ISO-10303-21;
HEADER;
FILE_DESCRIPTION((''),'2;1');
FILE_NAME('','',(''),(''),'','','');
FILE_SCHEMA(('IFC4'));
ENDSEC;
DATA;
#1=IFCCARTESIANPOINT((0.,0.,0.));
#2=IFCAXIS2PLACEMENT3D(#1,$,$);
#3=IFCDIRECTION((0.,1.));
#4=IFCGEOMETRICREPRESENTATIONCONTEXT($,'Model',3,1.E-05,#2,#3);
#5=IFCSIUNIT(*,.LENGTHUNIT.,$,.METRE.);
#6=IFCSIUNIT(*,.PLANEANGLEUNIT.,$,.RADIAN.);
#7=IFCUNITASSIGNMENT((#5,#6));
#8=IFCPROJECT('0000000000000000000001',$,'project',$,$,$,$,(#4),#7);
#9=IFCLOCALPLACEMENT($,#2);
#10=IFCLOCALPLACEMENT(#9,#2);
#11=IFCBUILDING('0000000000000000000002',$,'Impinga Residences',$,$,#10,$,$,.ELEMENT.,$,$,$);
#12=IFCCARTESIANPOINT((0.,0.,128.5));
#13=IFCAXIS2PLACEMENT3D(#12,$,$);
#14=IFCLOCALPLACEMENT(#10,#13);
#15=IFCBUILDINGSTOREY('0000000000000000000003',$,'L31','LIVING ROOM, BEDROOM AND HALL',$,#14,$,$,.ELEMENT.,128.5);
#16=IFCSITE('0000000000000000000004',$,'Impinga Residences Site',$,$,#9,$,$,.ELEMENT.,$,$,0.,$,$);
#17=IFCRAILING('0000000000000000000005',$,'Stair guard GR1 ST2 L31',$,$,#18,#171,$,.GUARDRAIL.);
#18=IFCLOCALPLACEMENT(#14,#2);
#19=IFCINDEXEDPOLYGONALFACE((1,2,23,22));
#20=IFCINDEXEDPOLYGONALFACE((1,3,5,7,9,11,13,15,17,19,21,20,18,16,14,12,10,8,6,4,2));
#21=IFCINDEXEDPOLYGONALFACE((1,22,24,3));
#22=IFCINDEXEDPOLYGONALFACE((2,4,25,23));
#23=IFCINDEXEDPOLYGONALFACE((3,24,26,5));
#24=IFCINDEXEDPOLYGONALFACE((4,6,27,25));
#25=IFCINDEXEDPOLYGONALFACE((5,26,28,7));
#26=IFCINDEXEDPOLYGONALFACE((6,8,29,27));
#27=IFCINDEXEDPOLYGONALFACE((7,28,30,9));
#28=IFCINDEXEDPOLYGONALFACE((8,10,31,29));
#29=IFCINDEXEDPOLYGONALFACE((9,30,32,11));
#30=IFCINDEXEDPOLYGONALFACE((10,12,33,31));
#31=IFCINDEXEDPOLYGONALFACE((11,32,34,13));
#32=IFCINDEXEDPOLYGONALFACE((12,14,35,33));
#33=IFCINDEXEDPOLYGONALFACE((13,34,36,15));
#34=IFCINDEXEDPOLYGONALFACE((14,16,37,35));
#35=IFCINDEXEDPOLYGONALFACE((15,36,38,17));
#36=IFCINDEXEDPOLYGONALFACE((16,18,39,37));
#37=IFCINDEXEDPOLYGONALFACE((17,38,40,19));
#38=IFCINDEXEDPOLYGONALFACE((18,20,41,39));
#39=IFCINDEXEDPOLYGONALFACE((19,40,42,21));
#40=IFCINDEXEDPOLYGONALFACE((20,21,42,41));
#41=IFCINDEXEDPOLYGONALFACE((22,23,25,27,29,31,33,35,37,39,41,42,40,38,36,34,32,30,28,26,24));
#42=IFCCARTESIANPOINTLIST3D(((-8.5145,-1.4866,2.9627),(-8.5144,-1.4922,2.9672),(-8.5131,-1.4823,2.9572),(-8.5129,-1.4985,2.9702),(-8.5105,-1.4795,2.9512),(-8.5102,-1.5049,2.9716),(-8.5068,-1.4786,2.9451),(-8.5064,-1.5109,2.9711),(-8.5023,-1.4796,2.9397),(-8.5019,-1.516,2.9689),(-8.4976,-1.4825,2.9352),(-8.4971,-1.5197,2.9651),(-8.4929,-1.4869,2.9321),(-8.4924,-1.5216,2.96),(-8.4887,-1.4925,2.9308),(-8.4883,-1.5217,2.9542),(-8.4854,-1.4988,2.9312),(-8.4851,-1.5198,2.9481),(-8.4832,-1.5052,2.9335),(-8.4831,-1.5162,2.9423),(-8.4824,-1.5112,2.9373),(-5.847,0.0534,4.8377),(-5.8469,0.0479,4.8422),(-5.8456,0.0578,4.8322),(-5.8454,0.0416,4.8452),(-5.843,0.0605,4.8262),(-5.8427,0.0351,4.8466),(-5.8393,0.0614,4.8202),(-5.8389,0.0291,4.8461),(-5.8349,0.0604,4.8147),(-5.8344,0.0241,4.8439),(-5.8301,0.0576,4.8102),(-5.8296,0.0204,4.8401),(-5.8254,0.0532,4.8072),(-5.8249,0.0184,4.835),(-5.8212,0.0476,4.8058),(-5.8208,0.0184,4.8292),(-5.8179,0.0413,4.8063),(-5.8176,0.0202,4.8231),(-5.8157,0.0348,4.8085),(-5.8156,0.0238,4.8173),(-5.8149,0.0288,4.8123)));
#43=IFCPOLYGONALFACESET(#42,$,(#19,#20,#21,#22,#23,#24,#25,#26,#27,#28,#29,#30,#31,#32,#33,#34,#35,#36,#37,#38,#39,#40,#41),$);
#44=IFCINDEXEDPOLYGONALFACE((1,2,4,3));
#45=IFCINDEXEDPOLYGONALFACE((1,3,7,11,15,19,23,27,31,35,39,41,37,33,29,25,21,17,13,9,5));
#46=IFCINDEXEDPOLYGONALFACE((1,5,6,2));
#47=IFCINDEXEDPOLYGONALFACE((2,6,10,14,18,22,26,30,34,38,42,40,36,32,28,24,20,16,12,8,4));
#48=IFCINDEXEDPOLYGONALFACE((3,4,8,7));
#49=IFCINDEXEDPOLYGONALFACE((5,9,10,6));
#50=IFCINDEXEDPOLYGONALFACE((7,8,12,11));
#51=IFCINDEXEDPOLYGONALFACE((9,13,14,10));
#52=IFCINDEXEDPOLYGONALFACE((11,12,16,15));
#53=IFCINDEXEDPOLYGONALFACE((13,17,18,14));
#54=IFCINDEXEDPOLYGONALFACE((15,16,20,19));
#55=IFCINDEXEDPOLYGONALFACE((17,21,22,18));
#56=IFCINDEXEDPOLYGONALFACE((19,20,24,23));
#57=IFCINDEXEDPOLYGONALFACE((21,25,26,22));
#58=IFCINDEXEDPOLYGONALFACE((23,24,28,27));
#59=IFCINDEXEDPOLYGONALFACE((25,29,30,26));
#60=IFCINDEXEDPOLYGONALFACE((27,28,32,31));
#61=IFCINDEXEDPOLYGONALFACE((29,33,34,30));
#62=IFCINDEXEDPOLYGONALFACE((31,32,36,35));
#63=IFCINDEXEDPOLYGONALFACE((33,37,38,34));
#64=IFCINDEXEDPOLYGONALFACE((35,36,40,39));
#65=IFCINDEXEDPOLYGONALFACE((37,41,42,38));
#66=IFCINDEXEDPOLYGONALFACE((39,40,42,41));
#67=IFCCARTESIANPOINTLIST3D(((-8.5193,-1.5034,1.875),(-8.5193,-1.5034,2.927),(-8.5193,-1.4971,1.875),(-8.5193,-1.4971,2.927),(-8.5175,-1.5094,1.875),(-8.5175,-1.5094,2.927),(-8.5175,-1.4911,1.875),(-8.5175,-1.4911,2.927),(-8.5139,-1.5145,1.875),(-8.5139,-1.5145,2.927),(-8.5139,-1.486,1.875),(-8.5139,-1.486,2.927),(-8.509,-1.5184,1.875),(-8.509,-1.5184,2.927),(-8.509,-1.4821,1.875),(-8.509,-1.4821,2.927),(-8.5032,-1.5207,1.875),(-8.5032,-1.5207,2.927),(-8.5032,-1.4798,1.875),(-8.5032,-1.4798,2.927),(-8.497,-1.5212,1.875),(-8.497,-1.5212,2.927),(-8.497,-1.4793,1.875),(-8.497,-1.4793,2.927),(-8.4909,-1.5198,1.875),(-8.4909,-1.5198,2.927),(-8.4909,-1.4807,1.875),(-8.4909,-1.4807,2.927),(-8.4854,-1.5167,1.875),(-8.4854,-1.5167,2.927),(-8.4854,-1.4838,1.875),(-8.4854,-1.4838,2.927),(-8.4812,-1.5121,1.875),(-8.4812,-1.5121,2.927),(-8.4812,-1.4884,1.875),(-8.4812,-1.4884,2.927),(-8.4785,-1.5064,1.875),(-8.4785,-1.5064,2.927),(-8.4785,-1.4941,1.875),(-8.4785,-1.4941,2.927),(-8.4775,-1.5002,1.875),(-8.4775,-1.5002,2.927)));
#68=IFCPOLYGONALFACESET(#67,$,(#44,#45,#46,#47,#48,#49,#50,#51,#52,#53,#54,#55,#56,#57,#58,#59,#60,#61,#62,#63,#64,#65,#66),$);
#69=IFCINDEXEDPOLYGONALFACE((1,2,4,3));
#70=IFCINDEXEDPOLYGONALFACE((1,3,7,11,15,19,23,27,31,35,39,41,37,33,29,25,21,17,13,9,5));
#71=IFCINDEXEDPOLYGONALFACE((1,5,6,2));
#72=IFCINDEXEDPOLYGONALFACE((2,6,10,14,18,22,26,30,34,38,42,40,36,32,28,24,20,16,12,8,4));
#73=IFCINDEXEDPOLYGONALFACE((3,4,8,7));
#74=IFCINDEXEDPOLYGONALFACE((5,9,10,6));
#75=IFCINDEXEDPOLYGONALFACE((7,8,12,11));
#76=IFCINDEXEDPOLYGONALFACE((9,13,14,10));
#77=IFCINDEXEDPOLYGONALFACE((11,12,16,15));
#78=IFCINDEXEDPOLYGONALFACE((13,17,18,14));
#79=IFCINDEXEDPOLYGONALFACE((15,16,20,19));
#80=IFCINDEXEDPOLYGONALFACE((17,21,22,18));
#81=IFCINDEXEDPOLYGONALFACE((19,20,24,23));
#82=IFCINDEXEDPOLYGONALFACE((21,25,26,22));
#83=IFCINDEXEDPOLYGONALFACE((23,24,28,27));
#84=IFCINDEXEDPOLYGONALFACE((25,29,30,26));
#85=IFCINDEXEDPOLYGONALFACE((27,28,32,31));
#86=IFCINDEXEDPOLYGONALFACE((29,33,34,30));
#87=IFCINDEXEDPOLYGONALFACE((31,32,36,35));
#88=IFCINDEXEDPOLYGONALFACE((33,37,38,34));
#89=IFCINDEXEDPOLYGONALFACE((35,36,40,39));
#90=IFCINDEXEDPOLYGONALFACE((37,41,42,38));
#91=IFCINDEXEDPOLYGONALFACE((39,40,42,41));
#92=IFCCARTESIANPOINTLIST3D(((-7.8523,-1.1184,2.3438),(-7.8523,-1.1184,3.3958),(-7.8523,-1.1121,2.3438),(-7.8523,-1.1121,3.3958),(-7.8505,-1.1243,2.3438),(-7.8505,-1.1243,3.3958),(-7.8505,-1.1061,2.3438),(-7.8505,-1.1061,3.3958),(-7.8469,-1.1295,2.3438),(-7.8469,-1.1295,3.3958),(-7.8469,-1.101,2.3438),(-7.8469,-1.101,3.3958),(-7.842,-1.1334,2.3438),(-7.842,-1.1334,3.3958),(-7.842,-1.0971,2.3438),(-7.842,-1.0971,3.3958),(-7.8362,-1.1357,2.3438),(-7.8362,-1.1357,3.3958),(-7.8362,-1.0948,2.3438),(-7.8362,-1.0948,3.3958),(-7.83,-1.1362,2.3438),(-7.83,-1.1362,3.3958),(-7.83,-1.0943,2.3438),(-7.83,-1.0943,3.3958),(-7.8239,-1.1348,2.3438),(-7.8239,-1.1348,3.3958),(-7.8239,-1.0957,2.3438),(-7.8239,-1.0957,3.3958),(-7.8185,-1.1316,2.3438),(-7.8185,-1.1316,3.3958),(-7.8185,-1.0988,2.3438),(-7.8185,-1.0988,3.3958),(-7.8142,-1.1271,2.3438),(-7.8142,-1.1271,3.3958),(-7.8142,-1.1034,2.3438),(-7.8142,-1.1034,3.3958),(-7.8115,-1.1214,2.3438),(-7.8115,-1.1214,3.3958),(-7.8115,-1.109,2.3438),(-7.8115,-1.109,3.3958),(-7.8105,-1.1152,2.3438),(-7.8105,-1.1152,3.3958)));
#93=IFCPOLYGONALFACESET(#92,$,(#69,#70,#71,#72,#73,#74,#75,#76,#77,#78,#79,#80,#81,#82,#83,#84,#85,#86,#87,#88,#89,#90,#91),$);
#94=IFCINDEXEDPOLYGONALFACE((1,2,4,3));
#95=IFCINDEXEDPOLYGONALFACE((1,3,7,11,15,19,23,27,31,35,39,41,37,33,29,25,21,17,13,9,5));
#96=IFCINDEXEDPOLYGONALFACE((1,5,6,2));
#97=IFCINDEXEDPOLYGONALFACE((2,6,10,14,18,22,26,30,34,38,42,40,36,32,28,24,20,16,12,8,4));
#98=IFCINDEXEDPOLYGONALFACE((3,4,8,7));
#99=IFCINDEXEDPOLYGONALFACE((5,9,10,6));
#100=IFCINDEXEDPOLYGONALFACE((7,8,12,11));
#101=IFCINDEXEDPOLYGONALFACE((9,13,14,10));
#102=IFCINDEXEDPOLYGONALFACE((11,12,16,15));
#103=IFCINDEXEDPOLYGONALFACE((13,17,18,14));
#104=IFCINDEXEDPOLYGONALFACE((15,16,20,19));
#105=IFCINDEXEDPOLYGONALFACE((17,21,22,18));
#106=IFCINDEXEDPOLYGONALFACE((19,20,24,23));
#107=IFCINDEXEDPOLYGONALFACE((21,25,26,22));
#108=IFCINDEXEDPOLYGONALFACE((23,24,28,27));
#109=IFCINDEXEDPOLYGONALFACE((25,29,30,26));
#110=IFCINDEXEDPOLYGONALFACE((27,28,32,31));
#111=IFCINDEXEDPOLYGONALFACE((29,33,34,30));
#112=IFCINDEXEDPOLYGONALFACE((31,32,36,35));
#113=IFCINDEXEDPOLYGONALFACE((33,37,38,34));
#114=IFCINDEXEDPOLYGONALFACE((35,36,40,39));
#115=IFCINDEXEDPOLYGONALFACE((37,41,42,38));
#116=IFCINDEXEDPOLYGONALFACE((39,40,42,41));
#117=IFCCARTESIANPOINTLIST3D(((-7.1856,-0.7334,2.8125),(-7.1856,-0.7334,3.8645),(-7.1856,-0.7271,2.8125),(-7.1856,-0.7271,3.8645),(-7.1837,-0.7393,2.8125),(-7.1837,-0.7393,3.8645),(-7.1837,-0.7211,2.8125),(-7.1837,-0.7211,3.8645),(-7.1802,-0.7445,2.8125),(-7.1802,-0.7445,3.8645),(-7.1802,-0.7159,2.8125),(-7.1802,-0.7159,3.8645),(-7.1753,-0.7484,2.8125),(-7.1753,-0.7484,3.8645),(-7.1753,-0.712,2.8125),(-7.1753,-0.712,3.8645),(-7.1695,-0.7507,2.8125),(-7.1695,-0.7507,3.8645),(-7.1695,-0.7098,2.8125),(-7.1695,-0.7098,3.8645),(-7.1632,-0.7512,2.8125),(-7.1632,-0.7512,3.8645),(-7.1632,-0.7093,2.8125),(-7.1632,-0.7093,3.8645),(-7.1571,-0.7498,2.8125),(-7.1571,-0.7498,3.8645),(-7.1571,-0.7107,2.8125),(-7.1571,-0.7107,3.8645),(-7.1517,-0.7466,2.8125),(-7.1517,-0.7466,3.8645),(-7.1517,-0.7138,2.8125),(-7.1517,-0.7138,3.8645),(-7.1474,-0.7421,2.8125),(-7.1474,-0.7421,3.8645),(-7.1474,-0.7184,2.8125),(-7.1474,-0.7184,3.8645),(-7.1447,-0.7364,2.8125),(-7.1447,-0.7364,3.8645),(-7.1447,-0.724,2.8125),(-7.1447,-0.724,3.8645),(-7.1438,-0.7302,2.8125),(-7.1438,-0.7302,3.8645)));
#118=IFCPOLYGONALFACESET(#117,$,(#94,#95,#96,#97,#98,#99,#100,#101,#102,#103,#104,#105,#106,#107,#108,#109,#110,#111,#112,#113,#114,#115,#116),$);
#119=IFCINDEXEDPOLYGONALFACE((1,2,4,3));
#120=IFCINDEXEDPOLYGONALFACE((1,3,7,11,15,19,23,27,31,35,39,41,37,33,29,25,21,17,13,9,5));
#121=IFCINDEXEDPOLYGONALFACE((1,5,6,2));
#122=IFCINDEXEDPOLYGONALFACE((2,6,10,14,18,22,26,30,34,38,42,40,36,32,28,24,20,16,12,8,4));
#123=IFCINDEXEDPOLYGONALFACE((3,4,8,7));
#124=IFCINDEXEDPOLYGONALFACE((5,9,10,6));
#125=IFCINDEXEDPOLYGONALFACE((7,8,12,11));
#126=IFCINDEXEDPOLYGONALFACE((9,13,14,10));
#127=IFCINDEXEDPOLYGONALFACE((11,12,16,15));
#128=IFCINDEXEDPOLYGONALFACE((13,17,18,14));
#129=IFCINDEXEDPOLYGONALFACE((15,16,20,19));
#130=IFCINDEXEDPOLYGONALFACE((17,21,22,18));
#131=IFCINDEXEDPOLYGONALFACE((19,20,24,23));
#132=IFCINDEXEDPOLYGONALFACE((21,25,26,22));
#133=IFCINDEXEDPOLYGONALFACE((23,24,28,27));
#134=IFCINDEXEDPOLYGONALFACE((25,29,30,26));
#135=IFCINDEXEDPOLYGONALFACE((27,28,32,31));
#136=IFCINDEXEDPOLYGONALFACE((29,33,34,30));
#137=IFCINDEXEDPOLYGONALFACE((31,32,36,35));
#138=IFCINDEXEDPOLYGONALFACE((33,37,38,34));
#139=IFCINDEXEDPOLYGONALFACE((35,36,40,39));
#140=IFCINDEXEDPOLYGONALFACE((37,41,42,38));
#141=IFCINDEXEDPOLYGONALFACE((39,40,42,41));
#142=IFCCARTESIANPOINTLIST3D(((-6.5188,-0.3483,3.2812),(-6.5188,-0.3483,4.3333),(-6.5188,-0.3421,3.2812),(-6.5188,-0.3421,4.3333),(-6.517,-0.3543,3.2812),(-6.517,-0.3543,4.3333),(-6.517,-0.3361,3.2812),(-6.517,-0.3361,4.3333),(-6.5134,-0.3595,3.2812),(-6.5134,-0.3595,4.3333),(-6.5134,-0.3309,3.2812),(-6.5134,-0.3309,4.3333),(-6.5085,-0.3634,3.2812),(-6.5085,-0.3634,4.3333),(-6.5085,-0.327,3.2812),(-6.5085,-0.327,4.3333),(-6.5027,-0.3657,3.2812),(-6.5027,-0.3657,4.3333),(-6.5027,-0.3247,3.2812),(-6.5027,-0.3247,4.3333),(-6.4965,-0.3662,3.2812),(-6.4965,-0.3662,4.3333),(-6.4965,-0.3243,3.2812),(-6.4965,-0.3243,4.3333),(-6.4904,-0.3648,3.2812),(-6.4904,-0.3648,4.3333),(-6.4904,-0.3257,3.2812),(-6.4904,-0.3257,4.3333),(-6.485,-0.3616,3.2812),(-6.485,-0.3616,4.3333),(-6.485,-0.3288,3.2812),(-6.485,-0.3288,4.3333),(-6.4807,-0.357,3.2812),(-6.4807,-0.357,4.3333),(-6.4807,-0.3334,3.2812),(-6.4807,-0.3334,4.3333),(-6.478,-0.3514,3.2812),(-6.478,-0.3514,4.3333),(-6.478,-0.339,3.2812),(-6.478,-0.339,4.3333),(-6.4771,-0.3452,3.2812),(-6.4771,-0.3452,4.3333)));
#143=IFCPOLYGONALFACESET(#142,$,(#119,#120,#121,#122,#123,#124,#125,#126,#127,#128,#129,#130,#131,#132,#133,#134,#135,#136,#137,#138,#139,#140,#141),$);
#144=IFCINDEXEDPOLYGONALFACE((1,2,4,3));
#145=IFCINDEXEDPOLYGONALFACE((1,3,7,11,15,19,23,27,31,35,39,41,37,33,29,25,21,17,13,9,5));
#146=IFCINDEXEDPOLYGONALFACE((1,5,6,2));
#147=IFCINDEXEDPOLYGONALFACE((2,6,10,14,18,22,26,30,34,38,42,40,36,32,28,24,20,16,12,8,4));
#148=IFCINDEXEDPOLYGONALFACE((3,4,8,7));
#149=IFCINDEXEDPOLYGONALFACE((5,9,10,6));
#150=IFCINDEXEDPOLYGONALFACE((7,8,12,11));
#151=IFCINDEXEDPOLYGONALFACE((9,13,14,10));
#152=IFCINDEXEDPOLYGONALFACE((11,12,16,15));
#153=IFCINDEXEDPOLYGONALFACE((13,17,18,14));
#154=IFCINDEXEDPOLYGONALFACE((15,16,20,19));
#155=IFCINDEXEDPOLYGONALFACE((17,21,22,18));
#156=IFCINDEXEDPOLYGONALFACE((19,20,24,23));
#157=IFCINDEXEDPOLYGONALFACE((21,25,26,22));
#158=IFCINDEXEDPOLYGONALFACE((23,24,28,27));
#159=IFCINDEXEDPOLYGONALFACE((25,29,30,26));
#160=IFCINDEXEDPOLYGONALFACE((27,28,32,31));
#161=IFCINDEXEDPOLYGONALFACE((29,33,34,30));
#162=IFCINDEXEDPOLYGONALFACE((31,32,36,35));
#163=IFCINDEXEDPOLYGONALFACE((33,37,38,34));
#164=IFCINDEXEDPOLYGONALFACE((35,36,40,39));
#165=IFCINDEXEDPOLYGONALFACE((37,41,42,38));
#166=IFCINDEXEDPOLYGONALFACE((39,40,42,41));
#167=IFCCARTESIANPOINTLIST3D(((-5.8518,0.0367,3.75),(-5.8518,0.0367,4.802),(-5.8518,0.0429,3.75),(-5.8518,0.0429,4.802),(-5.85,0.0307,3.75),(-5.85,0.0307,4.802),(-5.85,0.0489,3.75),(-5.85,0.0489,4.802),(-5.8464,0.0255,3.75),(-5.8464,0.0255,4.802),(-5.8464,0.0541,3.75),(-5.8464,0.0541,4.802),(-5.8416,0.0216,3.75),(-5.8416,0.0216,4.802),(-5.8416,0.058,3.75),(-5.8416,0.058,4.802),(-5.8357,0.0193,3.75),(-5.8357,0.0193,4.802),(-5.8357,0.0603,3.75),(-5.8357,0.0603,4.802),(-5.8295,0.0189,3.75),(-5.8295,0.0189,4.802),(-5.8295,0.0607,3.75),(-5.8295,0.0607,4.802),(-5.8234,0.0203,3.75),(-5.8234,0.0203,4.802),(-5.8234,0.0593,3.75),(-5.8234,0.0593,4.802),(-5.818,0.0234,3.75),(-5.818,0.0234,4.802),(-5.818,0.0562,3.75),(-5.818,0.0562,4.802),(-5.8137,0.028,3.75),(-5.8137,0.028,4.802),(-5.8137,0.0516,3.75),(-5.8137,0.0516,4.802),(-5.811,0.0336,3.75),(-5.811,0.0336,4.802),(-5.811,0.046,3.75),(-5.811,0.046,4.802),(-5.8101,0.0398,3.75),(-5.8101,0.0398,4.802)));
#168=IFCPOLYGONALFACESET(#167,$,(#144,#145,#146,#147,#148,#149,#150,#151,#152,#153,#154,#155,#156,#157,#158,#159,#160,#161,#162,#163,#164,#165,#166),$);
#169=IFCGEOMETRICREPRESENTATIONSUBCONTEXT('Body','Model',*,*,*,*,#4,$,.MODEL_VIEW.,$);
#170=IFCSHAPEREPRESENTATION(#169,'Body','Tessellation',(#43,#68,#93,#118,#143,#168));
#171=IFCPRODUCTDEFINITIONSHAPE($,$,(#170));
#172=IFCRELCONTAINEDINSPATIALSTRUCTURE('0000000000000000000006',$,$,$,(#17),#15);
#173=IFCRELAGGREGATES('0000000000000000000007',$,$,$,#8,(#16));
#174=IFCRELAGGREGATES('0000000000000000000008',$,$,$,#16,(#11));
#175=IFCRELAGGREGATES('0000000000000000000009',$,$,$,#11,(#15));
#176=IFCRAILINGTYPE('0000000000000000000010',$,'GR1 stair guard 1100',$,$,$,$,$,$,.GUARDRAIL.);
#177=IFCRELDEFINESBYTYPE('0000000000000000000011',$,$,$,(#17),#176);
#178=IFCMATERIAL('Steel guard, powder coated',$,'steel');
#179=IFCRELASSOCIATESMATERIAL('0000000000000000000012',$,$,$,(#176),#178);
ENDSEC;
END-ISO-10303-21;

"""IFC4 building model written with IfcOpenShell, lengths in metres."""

from ifc_helpers import new_model, si_unit, direction, frame, origin, origin_2d, place, context, subcontext, project, spatial, circle, extrude, material, type_object, element, save


model = new_model("IFC4")

# Units and contexts
model_context = context("Model", 3, precision=1e-05, world=origin(), true_north=direction((0.0, 1.0)))
body_context = subcontext(model_context, "Body", "Model", "MODEL_VIEW")
ifc_project = project(units=[si_unit("LENGTHUNIT", "METRE"), si_unit("PLANEANGLEUNIT", "RADIAN")], contexts=[model_context])

# Site, building, storey
site_placement = place(None, origin())
site = spatial("IfcSite", under=ifc_project, at=site_placement, Name="Impinga Residences Site", CompositionType="ELEMENT", RefElevation=0.0)
building_placement = place(site_placement, origin())
building = spatial("IfcBuilding", under=site, at=building_placement, Name="Impinga Residences", CompositionType="ELEMENT")
storey_placement = place(building_placement, frame((0.0, 0.0, 128.5)))
storey = spatial("IfcBuildingStorey", under=building, at=storey_placement, Name="L31", Description="LIVING ROOM, BEDROOM AND HALL", CompositionType="ELEMENT", Elevation=128.5)

# Railing
ifc_material_1 = material(Name="Steel guard, powder coated", Category="steel")
railing_type_1 = type_object("IfcRailingType", Name="GR1 stair guard 1100", PredefinedType="GUARDRAIL", material=ifc_material_1)
railing_1_placement = place(storey_placement, frame((-8.4985, -1.5002, 1.875)))
element("IfcRailing", 1, at=railing_1_placement, inside=storey, type_object=railing_type_1, Name="Stair guard GR1 ST2 L31", PredefinedType="GUARDRAIL", context=body_context, shape_type="SweptSolid", body=[
    extrude(circle(Radius=0.0239, at=origin_2d()), frame((0.0, 0.0, 1.0762), z_axis=(0.739746, 0.427084, 0.519975), x_axis=(-0.499992, 0.86603, 0.0)), (0.0, 0.0, 1.0), 3.606),
    extrude(circle(Radius=0.021, at=origin_2d()), origin(), (0.0, 0.0, 1.0), 1.052),
    extrude(circle(Radius=0.021, at=origin_2d()), frame((0.667, 0.385, 0.4688)), (0.0, 0.0, 1.0), 1.052),
    extrude(circle(Radius=0.021, at=origin_2d()), frame((1.3337, 0.77, 0.9375)), (0.0, 0.0, 1.0), 1.052),
    extrude(circle(Radius=0.021, at=origin_2d()), frame((2.0005, 1.155, 1.4062)), (0.0, 0.0, 1.0), 1.052),
    extrude(circle(Radius=0.021, at=origin_2d()), frame((2.6675, 1.54, 1.875)), (0.0, 0.0, 1.0), 1.052),
])

save(model, "model.ifc")
